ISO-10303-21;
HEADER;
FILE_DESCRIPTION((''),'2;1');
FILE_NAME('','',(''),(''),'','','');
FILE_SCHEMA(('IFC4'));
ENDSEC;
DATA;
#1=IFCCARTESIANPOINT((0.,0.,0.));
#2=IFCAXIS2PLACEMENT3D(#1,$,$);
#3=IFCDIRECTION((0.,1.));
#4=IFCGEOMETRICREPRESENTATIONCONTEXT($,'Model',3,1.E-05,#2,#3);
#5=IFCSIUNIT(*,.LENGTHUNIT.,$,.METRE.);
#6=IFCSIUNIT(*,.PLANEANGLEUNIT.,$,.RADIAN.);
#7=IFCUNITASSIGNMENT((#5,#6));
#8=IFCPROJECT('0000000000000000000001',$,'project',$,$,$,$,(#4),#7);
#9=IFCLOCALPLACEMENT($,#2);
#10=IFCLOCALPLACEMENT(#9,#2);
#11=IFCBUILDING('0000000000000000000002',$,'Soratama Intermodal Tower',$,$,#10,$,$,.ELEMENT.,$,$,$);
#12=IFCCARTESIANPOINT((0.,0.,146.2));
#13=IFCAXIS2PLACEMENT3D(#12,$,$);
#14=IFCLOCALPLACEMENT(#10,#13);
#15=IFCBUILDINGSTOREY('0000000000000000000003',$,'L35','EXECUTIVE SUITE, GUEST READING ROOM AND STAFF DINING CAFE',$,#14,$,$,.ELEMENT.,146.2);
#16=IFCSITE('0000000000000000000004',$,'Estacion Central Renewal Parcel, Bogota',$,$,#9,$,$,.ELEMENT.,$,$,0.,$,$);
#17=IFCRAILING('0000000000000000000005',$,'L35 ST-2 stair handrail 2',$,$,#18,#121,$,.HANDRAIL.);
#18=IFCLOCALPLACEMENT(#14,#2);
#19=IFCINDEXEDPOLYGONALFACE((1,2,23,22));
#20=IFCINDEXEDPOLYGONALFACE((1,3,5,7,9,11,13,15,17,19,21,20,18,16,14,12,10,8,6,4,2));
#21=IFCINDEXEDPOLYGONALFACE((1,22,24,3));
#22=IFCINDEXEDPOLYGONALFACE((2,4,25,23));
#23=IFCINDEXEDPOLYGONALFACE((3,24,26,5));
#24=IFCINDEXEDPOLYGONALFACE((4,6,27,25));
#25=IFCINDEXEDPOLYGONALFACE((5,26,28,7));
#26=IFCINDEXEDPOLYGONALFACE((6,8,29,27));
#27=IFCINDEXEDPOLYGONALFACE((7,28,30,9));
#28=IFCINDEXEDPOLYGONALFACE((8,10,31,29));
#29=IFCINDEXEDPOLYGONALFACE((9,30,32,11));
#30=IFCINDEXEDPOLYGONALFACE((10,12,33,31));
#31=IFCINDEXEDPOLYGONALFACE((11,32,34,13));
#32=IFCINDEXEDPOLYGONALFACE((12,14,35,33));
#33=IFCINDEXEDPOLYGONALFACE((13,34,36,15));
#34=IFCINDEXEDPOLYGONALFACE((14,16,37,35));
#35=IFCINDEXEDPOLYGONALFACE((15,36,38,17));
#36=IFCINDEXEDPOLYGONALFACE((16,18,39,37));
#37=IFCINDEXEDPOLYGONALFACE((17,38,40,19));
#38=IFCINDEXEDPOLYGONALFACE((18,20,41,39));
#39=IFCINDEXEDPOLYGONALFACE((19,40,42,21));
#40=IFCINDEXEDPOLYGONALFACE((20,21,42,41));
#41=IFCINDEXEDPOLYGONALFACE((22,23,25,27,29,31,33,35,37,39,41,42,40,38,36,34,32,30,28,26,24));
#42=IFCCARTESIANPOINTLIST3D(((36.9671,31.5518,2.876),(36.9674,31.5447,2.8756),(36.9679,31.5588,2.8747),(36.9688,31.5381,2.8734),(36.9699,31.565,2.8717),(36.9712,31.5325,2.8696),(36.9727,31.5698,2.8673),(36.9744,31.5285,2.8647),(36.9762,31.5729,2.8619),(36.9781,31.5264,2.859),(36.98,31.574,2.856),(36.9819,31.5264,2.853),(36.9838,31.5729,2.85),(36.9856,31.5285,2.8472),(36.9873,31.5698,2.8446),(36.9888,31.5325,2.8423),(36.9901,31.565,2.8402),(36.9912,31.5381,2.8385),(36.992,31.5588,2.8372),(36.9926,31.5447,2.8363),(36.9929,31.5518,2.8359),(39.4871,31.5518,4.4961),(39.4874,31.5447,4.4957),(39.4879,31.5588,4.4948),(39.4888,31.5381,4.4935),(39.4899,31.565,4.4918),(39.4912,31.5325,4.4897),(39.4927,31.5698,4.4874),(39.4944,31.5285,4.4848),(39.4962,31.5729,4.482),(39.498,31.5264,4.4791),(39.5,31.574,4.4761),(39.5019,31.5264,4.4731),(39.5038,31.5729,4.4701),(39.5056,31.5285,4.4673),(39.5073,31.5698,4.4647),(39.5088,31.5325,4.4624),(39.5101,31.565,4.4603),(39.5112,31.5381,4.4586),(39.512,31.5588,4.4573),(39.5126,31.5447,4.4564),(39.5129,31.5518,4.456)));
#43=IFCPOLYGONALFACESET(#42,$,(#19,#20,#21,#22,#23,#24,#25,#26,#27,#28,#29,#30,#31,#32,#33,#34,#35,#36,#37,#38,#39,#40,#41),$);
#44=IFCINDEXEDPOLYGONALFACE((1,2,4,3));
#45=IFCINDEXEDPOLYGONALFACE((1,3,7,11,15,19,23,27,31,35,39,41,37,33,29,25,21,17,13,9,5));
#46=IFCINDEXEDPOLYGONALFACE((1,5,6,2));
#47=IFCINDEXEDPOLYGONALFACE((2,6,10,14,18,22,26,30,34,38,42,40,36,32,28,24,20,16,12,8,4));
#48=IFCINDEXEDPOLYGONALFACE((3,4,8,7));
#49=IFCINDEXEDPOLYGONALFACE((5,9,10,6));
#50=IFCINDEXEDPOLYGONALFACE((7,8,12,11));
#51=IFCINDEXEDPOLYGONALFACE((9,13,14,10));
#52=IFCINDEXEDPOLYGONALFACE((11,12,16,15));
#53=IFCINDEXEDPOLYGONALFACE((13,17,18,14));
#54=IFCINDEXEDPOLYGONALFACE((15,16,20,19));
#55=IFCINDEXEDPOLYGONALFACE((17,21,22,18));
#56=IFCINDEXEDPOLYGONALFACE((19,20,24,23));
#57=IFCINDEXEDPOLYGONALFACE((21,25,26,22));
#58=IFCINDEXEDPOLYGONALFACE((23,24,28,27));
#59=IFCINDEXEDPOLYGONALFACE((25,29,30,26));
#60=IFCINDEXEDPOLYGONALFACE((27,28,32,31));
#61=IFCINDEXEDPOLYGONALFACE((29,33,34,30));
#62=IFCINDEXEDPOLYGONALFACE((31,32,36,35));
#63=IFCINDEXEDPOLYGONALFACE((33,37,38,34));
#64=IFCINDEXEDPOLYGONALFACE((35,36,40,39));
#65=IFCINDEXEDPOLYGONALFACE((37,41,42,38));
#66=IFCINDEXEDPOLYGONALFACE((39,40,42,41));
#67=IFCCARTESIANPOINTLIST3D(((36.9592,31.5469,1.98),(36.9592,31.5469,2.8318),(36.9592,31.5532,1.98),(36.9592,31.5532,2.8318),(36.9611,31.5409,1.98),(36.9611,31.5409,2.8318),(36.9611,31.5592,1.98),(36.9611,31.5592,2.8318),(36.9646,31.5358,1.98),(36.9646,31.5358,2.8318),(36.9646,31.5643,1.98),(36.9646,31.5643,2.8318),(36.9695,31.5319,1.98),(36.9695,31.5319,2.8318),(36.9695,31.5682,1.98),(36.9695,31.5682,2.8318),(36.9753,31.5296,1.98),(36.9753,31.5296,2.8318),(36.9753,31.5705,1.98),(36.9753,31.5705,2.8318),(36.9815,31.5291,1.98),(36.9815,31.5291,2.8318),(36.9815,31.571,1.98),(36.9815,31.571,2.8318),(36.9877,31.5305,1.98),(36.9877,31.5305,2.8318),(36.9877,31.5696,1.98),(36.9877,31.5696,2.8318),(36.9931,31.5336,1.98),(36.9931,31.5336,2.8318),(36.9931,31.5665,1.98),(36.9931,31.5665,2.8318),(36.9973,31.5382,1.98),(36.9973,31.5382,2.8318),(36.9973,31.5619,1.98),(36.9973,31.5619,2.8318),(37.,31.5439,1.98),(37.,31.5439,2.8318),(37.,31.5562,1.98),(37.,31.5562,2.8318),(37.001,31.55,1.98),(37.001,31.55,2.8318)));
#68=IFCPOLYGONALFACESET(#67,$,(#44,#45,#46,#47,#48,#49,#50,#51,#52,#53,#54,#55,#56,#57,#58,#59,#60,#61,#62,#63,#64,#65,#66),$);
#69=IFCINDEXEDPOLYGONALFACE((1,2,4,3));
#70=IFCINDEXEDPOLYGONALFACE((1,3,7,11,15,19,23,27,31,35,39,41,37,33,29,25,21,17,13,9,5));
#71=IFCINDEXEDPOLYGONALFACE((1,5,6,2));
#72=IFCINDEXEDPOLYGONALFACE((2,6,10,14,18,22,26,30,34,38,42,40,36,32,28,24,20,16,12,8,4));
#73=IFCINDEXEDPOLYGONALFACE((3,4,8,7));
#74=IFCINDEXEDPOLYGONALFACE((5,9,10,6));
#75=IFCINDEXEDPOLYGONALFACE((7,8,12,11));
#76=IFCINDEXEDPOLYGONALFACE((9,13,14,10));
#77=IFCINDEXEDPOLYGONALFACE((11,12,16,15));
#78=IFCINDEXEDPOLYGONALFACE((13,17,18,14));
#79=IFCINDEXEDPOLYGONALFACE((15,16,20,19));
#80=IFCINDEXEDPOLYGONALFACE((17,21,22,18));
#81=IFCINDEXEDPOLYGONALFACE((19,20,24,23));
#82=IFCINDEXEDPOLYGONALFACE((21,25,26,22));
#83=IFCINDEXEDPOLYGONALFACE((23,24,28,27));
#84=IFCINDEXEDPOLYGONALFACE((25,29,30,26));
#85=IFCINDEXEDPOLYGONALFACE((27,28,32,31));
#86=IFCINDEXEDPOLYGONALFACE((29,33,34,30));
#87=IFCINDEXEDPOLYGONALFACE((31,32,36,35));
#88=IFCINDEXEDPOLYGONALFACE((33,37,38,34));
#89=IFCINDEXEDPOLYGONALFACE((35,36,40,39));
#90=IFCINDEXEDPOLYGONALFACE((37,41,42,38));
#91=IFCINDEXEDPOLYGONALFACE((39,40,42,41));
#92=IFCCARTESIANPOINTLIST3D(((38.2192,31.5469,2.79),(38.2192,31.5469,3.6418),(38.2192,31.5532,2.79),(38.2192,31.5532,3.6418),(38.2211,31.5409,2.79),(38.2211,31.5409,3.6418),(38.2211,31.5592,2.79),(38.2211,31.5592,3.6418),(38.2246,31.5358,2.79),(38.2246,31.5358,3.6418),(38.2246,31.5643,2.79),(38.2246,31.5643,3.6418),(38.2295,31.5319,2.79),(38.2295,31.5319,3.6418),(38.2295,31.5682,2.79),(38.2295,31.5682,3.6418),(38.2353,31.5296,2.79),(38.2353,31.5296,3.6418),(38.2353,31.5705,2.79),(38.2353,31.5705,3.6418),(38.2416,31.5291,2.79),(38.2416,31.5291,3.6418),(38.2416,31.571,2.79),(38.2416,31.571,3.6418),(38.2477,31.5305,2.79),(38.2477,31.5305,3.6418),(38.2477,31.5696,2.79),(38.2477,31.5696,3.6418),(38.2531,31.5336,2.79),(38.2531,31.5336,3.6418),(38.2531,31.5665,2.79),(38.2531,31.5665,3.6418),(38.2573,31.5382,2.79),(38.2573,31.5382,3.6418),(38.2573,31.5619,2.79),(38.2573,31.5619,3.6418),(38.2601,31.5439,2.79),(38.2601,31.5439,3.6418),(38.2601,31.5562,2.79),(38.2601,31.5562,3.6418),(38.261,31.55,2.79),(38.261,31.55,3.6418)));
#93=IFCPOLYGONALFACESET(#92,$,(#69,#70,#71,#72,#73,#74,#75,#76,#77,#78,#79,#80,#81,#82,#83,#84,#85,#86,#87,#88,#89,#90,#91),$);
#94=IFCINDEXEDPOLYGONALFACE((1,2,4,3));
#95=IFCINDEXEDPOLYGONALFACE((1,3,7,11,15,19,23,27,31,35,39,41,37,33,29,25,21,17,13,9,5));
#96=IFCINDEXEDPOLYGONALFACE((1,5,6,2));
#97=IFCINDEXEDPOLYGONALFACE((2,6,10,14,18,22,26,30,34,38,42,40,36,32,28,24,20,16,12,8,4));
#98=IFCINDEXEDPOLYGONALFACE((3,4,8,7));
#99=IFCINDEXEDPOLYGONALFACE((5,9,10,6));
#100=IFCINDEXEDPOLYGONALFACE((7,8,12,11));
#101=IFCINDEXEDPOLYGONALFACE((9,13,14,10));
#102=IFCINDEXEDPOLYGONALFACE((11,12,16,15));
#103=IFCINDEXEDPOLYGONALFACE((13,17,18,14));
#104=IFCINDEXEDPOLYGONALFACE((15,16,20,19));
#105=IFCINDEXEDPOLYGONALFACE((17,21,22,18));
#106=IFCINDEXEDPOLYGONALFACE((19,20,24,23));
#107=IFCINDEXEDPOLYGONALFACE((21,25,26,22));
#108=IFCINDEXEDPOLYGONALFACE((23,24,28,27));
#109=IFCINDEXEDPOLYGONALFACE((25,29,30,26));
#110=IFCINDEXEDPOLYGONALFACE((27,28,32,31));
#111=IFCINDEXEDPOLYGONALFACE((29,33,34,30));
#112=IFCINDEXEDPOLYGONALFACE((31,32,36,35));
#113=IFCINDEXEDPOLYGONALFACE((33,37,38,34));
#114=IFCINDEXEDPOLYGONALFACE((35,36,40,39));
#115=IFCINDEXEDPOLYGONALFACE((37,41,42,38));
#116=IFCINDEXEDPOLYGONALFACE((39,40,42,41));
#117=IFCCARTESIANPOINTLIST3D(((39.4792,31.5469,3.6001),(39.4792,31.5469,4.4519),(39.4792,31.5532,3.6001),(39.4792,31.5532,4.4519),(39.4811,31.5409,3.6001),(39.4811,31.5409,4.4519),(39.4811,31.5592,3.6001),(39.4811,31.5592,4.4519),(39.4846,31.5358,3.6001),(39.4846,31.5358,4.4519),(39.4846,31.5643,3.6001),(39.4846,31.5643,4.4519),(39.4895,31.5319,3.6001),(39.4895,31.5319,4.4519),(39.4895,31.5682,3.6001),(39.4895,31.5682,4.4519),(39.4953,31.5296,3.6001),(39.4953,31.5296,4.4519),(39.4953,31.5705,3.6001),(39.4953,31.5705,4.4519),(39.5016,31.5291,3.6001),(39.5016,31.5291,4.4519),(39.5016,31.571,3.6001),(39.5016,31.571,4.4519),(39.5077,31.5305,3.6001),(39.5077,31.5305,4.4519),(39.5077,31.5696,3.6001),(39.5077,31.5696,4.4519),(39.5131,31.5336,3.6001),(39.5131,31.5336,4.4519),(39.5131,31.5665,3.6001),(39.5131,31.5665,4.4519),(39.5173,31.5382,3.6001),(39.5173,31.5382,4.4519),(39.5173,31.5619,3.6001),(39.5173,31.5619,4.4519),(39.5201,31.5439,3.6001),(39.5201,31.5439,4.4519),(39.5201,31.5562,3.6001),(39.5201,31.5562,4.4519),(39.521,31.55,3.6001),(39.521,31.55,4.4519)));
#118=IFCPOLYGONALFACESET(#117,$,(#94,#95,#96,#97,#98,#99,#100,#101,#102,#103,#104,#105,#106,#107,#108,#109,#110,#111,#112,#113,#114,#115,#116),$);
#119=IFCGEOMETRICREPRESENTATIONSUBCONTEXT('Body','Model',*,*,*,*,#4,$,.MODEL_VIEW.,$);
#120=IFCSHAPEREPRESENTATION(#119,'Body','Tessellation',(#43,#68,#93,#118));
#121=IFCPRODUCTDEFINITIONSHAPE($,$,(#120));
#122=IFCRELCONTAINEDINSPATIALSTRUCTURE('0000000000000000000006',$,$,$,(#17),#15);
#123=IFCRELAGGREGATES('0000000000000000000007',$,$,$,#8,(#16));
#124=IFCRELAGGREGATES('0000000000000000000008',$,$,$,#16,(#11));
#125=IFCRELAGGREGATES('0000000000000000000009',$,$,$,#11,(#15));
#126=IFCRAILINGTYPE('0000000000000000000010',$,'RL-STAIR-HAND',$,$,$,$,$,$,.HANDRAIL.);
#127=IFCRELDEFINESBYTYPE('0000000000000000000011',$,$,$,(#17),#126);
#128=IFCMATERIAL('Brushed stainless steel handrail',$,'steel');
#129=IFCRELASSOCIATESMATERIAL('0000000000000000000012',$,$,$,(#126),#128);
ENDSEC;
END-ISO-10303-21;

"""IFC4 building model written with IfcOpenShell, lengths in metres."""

from ifc_helpers import new_model, si_unit, direction, frame, origin, origin_2d, place, context, subcontext, project, spatial, circle, extrude, material, type_object, element, save


model = new_model("IFC4")

# Units and contexts
model_context = context("Model", 3, precision=1e-05, world=origin(), true_north=direction((0.0, 1.0)))
body_context = subcontext(model_context, "Body", "Model", "MODEL_VIEW")
ifc_project = project(units=[si_unit("LENGTHUNIT", "METRE"), si_unit("PLANEANGLEUNIT", "RADIAN")], contexts=[model_context])

# Site, building, storey
site_placement = place(None, origin())
site = spatial("IfcSite", under=ifc_project, at=site_placement, Name="Estacion Central Renewal Parcel, Bogota", CompositionType="ELEMENT", RefElevation=0.0)
building_placement = place(site_placement, origin())
building = spatial("IfcBuilding", under=site, at=building_placement, Name="Soratama Intermodal Tower", CompositionType="ELEMENT")
storey_placement = place(building_placement, frame((0.0, 0.0, 146.2)))
storey = spatial("IfcBuildingStorey", under=building, at=storey_placement, Name="L35", Description="EXECUTIVE SUITE, GUEST READING ROOM AND STAFF DINING CAFE", CompositionType="ELEMENT", Elevation=146.2)

# Railing
ifc_material_1 = material(Name="Brushed stainless steel handrail", Category="steel")
railing_type_1 = type_object("IfcRailingType", Name="RL-STAIR-HAND", PredefinedType="HANDRAIL", material=ifc_material_1)
railing_1_placement = place(storey_placement, frame((36.98, 31.55, 1.98)))
element("IfcRailing", 1, at=railing_1_placement, inside=storey, type_object=railing_type_1, Name="L35 ST-2 stair handrail 2", PredefinedType="HANDRAIL", context=body_context, shape_type="SweptSolid", body=[
    extrude(circle(Radius=0.0239, at=origin_2d()), frame((0.0, 0.0, 0.876), z_axis=(0.841163, 0.0, 0.540782), x_axis=(0.0, 1.0, 0.0)), (0.0, 0.0, 1.0), 2.9958),
    extrude(circle(Radius=0.021, at=origin_2d()), origin(), (0.0, 0.0, 1.0), 0.8518),
    extrude(circle(Radius=0.021, at=origin_2d()), frame((1.26, 0.0, 0.8101)), (0.0, 0.0, 1.0), 0.8518),
    extrude(circle(Radius=0.021, at=origin_2d()), frame((2.52, 0.0, 1.6201)), (0.0, 0.0, 1.0), 0.8518),
])

save(model, "model.ifc")
